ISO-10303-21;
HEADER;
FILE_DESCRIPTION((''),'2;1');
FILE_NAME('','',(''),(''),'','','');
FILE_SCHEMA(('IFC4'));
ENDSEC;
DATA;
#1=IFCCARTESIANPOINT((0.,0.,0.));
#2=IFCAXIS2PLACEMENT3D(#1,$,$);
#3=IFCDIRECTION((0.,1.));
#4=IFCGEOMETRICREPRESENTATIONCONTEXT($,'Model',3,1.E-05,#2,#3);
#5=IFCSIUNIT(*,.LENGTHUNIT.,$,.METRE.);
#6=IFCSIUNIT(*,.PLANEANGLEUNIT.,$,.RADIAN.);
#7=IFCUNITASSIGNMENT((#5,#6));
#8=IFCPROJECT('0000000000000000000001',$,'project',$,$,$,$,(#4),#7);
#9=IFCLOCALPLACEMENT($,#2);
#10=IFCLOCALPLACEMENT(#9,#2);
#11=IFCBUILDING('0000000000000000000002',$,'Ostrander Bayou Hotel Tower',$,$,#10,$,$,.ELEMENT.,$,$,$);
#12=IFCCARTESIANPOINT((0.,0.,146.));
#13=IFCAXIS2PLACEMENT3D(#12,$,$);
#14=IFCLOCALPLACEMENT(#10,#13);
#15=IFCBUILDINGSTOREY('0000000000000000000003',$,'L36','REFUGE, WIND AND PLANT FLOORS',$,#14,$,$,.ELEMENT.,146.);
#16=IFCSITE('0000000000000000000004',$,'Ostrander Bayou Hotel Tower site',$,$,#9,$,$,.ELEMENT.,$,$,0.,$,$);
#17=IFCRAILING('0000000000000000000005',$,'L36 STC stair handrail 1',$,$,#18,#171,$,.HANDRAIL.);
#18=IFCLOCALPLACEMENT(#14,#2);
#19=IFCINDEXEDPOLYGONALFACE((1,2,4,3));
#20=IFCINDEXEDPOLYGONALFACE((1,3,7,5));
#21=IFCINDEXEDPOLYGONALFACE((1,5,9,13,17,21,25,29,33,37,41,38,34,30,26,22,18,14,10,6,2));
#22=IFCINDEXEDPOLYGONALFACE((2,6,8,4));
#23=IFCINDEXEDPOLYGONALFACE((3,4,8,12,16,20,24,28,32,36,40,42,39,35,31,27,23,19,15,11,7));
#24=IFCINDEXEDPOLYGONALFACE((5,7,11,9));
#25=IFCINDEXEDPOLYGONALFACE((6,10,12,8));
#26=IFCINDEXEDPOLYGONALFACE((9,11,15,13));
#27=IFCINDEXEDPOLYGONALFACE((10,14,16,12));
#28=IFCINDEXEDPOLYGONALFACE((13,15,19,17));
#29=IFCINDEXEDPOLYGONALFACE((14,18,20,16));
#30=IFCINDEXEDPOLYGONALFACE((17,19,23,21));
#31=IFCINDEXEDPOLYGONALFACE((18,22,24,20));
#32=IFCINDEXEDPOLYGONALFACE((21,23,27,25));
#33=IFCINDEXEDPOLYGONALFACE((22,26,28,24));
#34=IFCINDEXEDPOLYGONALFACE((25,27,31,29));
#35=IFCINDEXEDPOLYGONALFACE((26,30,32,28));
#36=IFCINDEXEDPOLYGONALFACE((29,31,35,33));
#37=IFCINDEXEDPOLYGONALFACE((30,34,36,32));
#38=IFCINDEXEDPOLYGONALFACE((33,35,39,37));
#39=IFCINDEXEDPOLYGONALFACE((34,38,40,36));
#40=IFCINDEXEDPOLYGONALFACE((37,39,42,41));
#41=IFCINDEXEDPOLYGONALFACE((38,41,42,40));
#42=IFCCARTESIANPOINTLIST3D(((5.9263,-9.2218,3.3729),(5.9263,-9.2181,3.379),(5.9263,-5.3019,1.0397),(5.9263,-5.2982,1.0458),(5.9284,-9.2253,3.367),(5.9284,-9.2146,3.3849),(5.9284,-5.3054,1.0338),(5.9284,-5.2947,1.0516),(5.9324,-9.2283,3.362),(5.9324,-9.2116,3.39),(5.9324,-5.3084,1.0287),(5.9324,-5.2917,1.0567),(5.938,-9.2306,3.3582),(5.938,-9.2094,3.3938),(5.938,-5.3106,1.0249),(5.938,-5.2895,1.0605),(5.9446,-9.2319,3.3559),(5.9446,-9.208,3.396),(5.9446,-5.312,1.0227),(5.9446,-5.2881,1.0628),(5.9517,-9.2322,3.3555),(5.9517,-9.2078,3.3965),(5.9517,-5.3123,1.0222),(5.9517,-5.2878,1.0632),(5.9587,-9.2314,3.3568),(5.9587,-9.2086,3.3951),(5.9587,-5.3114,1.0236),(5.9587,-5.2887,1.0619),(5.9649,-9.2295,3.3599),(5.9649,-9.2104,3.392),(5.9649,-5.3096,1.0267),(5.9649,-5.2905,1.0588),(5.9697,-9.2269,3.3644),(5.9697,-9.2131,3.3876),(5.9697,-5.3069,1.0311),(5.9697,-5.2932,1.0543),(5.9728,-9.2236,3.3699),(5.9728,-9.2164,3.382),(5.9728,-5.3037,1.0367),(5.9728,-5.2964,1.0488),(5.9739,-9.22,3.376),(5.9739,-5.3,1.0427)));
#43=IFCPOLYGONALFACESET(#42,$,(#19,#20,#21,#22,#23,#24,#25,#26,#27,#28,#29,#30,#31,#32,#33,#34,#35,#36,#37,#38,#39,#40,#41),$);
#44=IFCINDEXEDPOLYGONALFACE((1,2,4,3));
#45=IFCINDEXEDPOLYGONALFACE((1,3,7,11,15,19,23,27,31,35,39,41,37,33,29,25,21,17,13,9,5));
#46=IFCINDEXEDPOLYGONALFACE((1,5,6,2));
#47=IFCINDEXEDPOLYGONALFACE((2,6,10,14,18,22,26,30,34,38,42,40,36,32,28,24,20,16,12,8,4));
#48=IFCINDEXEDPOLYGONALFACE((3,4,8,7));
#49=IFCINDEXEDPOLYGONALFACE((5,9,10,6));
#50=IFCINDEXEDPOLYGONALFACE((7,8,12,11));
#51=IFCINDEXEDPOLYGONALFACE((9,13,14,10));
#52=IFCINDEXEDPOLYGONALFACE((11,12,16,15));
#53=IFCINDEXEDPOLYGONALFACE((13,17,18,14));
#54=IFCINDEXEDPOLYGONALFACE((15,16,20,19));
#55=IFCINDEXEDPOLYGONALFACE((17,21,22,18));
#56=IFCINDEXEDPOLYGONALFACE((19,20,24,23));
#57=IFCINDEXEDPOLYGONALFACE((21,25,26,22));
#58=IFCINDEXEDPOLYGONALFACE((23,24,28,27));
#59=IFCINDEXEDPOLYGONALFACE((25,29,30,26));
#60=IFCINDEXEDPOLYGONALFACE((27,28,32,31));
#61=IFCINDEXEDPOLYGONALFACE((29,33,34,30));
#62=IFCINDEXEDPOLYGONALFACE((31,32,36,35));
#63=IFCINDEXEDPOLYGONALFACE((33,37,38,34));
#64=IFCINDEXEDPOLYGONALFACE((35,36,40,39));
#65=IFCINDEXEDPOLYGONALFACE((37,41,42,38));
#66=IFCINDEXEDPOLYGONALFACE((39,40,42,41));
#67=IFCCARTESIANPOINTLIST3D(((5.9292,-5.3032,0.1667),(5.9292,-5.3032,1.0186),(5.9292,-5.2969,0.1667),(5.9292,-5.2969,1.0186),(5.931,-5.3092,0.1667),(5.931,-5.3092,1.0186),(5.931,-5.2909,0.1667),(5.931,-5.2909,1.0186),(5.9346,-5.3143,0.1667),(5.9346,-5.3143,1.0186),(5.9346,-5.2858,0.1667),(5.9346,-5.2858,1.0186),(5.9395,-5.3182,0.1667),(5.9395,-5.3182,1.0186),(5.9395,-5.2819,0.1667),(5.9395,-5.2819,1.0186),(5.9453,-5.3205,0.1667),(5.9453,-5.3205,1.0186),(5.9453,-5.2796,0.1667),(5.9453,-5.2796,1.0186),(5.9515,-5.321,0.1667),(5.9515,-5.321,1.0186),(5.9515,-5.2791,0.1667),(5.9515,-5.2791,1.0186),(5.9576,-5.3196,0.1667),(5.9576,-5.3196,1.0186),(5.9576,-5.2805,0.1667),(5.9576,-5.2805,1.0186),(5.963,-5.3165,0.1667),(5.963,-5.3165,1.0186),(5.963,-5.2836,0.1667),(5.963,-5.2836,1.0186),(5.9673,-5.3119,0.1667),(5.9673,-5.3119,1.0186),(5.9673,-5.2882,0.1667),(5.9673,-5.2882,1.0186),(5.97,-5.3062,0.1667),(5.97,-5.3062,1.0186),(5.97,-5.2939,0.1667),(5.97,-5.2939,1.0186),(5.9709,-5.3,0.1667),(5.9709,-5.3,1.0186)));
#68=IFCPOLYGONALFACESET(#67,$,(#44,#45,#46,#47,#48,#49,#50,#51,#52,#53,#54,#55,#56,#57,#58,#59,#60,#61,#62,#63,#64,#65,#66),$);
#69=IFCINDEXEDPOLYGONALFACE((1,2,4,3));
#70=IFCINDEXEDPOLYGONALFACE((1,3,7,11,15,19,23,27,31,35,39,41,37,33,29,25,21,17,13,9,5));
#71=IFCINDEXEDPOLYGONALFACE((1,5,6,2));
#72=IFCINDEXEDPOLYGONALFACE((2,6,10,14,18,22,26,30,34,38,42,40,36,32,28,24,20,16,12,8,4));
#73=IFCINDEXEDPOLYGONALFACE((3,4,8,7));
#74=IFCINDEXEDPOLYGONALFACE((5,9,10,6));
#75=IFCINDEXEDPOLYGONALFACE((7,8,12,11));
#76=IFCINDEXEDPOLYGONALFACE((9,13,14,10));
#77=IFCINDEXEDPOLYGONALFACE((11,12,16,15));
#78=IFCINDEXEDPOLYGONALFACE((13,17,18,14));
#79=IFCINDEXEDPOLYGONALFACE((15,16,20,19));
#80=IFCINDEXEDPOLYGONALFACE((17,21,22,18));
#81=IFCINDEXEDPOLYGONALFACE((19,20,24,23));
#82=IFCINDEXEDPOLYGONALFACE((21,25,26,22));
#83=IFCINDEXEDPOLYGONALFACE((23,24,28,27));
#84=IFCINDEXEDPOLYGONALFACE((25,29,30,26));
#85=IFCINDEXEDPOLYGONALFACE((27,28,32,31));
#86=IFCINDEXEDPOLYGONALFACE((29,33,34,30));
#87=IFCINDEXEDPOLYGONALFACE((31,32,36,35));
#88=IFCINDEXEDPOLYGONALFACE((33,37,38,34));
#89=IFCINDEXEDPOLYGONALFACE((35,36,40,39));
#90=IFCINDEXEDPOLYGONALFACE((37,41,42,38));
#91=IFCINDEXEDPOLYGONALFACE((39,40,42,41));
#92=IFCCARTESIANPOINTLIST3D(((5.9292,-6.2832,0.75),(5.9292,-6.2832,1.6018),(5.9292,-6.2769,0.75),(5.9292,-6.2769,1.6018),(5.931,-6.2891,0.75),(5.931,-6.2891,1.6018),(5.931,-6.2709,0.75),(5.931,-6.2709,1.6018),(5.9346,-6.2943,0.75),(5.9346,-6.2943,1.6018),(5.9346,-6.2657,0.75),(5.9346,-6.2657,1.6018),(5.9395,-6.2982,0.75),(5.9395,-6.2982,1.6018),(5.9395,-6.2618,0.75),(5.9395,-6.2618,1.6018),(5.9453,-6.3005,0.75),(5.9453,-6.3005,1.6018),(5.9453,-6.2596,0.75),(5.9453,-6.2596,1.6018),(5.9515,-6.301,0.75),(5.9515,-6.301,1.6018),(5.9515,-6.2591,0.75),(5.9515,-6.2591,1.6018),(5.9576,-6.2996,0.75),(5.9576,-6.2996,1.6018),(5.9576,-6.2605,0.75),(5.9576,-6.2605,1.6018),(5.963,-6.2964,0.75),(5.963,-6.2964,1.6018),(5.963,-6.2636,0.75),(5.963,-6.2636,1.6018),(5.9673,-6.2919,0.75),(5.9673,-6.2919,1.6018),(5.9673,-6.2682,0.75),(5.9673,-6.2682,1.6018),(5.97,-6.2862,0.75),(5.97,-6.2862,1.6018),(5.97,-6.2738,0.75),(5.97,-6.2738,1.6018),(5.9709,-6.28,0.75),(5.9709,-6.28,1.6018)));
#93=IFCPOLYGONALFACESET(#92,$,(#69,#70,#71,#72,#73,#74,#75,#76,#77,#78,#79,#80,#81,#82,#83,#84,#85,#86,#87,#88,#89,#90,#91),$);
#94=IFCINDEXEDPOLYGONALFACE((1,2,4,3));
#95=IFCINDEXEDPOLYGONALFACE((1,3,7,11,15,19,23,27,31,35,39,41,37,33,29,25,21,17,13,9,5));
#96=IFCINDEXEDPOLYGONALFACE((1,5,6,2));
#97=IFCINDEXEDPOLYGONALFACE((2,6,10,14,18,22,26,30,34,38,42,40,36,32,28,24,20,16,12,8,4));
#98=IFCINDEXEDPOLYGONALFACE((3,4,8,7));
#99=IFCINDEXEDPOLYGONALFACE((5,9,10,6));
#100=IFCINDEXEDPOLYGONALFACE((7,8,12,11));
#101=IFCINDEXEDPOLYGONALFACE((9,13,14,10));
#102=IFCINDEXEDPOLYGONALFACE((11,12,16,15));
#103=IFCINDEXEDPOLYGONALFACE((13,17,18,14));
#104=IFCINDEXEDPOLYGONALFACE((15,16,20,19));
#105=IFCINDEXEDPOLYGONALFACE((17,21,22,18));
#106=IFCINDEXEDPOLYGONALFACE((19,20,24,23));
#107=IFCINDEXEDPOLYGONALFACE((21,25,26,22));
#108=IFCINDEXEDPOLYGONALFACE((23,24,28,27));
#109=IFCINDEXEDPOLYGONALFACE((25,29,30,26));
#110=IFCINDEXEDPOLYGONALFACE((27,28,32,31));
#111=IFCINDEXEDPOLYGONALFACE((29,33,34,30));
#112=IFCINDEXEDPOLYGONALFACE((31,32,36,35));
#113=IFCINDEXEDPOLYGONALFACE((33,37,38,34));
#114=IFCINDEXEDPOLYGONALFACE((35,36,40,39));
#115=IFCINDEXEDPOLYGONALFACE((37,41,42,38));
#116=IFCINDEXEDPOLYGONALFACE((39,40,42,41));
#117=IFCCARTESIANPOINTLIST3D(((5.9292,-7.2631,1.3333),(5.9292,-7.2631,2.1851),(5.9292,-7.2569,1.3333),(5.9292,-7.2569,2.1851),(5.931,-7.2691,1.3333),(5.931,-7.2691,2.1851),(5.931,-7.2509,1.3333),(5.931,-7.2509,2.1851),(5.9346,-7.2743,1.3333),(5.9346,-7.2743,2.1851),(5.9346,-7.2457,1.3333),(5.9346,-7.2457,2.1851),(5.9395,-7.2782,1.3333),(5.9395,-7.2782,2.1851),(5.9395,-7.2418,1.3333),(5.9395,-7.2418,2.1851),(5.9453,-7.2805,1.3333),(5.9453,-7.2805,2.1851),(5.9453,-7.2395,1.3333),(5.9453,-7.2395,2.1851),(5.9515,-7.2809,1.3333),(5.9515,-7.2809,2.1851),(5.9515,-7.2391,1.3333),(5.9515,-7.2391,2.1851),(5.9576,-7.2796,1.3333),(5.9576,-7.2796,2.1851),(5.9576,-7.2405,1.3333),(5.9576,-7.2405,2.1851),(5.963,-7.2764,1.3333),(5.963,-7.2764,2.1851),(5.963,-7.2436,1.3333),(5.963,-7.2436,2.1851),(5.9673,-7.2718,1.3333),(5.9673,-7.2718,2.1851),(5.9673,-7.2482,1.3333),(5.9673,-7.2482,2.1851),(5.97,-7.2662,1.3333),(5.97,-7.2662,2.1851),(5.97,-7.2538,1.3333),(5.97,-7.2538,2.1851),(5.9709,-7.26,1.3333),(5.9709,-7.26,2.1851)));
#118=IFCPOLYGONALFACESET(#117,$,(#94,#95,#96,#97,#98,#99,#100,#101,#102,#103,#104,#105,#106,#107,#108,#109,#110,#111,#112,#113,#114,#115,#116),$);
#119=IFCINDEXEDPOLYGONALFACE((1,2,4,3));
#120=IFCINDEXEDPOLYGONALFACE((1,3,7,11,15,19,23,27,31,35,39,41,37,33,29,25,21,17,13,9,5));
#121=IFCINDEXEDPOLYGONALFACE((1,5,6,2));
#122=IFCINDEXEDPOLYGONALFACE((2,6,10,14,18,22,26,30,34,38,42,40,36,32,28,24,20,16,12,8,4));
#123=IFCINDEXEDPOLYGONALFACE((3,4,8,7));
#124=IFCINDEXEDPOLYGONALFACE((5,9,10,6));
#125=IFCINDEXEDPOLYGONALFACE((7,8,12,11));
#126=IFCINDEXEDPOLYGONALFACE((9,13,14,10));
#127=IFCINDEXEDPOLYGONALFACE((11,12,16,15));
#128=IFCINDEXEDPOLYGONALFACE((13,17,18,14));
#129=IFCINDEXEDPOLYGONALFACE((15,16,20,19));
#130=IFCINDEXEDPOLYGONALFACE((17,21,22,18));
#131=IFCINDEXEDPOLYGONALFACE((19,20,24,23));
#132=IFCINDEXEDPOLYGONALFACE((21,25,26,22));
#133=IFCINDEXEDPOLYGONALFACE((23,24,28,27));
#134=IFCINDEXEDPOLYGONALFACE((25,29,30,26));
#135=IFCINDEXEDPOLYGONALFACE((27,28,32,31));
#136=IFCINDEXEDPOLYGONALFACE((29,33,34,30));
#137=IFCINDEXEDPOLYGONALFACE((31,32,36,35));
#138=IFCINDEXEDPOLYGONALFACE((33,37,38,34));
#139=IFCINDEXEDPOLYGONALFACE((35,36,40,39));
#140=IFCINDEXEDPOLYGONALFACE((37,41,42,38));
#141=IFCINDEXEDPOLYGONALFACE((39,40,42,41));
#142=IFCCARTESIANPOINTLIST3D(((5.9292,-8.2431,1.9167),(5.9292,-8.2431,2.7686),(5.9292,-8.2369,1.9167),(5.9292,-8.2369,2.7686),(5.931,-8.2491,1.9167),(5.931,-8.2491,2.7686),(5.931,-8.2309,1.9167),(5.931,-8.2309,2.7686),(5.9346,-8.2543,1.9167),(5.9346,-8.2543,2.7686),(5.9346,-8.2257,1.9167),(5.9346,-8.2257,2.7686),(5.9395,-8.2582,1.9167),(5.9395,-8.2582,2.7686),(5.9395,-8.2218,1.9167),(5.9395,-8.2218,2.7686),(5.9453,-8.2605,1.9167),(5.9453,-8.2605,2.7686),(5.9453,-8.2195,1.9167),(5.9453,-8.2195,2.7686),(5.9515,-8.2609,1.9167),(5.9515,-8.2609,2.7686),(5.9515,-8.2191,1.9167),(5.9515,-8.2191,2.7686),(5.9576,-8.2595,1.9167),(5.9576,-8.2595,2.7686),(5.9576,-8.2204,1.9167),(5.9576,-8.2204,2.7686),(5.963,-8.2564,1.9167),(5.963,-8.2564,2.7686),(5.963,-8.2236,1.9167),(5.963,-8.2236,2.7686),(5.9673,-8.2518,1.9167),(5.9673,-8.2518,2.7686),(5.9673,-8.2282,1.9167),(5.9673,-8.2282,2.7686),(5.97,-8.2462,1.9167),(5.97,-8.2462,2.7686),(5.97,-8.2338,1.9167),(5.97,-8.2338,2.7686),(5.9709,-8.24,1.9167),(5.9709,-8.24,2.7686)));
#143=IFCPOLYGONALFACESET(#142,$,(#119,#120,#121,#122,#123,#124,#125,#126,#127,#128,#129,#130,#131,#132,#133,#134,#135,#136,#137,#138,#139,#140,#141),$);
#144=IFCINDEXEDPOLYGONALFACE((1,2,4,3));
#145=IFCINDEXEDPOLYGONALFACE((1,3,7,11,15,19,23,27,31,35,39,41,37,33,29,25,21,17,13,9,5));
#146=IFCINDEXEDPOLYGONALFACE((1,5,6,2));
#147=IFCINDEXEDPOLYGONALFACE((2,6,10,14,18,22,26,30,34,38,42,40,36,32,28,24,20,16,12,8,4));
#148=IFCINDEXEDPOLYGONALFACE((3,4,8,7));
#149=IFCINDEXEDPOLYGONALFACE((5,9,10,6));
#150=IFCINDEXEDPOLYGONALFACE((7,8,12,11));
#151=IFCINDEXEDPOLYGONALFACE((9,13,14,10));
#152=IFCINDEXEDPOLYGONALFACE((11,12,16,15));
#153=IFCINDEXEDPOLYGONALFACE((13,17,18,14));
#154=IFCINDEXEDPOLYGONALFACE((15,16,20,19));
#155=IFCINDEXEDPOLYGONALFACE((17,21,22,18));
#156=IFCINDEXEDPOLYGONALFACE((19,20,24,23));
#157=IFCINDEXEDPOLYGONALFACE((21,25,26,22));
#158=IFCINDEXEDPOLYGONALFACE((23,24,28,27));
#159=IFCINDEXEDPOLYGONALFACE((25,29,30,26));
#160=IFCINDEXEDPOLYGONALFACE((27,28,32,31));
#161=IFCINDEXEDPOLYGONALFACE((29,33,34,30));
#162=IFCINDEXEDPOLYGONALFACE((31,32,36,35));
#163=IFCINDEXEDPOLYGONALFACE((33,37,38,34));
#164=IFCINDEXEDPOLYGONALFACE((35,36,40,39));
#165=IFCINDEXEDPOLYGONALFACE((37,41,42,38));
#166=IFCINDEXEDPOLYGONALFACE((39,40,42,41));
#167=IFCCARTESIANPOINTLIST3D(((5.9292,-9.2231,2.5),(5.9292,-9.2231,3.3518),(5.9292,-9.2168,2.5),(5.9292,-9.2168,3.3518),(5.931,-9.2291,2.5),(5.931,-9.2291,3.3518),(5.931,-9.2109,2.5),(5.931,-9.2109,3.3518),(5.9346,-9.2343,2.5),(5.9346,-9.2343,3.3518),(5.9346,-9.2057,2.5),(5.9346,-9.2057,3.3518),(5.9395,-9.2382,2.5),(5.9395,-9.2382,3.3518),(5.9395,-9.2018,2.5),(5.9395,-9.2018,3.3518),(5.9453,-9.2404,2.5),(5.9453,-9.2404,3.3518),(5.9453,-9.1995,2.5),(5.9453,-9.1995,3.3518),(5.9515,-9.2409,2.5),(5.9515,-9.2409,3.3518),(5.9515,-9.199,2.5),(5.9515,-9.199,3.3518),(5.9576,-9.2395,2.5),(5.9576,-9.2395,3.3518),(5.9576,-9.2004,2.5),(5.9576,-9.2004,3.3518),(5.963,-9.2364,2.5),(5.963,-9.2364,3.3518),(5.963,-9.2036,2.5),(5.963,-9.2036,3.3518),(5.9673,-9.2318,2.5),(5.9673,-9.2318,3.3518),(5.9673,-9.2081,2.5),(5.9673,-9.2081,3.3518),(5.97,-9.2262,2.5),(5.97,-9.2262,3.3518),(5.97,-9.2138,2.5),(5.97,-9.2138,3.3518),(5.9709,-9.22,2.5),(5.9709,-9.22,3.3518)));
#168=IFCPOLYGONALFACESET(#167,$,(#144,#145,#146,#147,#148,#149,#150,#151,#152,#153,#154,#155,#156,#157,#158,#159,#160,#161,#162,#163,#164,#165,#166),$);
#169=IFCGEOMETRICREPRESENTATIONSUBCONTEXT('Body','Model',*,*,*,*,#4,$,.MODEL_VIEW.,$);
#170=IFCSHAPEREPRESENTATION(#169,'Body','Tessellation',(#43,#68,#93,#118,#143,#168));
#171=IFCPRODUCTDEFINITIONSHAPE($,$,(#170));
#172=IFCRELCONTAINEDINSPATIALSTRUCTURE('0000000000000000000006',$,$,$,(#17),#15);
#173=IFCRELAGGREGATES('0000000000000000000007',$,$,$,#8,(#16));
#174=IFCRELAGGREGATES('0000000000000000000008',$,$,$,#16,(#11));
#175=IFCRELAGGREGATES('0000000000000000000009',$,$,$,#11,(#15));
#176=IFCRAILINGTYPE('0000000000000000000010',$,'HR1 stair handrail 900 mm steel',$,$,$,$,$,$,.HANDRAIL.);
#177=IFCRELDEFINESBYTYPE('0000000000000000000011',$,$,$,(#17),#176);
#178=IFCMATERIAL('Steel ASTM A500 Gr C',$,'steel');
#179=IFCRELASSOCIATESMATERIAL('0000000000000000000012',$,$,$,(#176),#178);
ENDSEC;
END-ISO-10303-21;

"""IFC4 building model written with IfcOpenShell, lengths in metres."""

from ifc_helpers import new_model, si_unit, direction, frame, origin, origin_2d, place, context, subcontext, project, spatial, circle, extrude, material, type_object, element, save


model = new_model("IFC4")

# Units and contexts
model_context = context("Model", 3, precision=1e-05, world=origin(), true_north=direction((0.0, 1.0)))
body_context = subcontext(model_context, "Body", "Model", "MODEL_VIEW")
ifc_project = project(units=[si_unit("LENGTHUNIT", "METRE"), si_unit("PLANEANGLEUNIT", "RADIAN")], contexts=[model_context])

# Site, building, storey
site_placement = place(None, origin())
site = spatial("IfcSite", under=ifc_project, at=site_placement, Name="Ostrander Bayou Hotel Tower site", CompositionType="ELEMENT", RefElevation=0.0)
building_placement = place(site_placement, origin())
building = spatial("IfcBuilding", under=site, at=building_placement, Name="Ostrander Bayou Hotel Tower", CompositionType="ELEMENT")
storey_placement = place(building_placement, frame((0.0, 0.0, 146.0)))
storey = spatial("IfcBuildingStorey", under=building, at=storey_placement, Name="L36", Description="REFUGE, WIND AND PLANT FLOORS", CompositionType="ELEMENT", Elevation=146.0)

# Railing
ifc_material_1 = material(Name="Steel ASTM A500 Gr C", Category="steel")
railing_type_1 = type_object("IfcRailingType", Name="HR1 stair handrail 900 mm steel", PredefinedType="HANDRAIL", material=ifc_material_1)
railing_1_placement = place(storey_placement, frame((5.95, -5.3, 0.1667)))
element("IfcRailing", 1, at=railing_1_placement, inside=storey, type_object=railing_type_1, Name="L36 STC stair handrail 1", PredefinedType="HANDRAIL", context=body_context, shape_type="SweptSolid", body=[
    extrude(circle(Radius=0.0239, at=origin_2d()), frame((0.0, 0.0, 0.876), z_axis=(0.0, -0.859296, 0.511478), x_axis=(1.0, 0.0, 0.0)), (0.0, 0.0, 1.0), 4.5618),
    extrude(circle(Radius=0.021, at=origin_2d()), origin(), (0.0, 0.0, 1.0), 0.8518),
    extrude(circle(Radius=0.021, at=origin_2d()), frame((0.0, -0.98, 0.5833)), (0.0, 0.0, 1.0), 0.8518),
    extrude(circle(Radius=0.021, at=origin_2d()), frame((0.0, -1.96, 1.1665)), (0.0, 0.0, 1.0), 0.8518),
    extrude(circle(Radius=0.021, at=origin_2d()), frame((0.0, -2.9399, 1.75)), (0.0, 0.0, 1.0), 0.8518),
    extrude(circle(Radius=0.021, at=origin_2d()), frame((0.0, -3.9199, 2.3333)), (0.0, 0.0, 1.0), 0.8518),
])

save(model, "model.ifc")
